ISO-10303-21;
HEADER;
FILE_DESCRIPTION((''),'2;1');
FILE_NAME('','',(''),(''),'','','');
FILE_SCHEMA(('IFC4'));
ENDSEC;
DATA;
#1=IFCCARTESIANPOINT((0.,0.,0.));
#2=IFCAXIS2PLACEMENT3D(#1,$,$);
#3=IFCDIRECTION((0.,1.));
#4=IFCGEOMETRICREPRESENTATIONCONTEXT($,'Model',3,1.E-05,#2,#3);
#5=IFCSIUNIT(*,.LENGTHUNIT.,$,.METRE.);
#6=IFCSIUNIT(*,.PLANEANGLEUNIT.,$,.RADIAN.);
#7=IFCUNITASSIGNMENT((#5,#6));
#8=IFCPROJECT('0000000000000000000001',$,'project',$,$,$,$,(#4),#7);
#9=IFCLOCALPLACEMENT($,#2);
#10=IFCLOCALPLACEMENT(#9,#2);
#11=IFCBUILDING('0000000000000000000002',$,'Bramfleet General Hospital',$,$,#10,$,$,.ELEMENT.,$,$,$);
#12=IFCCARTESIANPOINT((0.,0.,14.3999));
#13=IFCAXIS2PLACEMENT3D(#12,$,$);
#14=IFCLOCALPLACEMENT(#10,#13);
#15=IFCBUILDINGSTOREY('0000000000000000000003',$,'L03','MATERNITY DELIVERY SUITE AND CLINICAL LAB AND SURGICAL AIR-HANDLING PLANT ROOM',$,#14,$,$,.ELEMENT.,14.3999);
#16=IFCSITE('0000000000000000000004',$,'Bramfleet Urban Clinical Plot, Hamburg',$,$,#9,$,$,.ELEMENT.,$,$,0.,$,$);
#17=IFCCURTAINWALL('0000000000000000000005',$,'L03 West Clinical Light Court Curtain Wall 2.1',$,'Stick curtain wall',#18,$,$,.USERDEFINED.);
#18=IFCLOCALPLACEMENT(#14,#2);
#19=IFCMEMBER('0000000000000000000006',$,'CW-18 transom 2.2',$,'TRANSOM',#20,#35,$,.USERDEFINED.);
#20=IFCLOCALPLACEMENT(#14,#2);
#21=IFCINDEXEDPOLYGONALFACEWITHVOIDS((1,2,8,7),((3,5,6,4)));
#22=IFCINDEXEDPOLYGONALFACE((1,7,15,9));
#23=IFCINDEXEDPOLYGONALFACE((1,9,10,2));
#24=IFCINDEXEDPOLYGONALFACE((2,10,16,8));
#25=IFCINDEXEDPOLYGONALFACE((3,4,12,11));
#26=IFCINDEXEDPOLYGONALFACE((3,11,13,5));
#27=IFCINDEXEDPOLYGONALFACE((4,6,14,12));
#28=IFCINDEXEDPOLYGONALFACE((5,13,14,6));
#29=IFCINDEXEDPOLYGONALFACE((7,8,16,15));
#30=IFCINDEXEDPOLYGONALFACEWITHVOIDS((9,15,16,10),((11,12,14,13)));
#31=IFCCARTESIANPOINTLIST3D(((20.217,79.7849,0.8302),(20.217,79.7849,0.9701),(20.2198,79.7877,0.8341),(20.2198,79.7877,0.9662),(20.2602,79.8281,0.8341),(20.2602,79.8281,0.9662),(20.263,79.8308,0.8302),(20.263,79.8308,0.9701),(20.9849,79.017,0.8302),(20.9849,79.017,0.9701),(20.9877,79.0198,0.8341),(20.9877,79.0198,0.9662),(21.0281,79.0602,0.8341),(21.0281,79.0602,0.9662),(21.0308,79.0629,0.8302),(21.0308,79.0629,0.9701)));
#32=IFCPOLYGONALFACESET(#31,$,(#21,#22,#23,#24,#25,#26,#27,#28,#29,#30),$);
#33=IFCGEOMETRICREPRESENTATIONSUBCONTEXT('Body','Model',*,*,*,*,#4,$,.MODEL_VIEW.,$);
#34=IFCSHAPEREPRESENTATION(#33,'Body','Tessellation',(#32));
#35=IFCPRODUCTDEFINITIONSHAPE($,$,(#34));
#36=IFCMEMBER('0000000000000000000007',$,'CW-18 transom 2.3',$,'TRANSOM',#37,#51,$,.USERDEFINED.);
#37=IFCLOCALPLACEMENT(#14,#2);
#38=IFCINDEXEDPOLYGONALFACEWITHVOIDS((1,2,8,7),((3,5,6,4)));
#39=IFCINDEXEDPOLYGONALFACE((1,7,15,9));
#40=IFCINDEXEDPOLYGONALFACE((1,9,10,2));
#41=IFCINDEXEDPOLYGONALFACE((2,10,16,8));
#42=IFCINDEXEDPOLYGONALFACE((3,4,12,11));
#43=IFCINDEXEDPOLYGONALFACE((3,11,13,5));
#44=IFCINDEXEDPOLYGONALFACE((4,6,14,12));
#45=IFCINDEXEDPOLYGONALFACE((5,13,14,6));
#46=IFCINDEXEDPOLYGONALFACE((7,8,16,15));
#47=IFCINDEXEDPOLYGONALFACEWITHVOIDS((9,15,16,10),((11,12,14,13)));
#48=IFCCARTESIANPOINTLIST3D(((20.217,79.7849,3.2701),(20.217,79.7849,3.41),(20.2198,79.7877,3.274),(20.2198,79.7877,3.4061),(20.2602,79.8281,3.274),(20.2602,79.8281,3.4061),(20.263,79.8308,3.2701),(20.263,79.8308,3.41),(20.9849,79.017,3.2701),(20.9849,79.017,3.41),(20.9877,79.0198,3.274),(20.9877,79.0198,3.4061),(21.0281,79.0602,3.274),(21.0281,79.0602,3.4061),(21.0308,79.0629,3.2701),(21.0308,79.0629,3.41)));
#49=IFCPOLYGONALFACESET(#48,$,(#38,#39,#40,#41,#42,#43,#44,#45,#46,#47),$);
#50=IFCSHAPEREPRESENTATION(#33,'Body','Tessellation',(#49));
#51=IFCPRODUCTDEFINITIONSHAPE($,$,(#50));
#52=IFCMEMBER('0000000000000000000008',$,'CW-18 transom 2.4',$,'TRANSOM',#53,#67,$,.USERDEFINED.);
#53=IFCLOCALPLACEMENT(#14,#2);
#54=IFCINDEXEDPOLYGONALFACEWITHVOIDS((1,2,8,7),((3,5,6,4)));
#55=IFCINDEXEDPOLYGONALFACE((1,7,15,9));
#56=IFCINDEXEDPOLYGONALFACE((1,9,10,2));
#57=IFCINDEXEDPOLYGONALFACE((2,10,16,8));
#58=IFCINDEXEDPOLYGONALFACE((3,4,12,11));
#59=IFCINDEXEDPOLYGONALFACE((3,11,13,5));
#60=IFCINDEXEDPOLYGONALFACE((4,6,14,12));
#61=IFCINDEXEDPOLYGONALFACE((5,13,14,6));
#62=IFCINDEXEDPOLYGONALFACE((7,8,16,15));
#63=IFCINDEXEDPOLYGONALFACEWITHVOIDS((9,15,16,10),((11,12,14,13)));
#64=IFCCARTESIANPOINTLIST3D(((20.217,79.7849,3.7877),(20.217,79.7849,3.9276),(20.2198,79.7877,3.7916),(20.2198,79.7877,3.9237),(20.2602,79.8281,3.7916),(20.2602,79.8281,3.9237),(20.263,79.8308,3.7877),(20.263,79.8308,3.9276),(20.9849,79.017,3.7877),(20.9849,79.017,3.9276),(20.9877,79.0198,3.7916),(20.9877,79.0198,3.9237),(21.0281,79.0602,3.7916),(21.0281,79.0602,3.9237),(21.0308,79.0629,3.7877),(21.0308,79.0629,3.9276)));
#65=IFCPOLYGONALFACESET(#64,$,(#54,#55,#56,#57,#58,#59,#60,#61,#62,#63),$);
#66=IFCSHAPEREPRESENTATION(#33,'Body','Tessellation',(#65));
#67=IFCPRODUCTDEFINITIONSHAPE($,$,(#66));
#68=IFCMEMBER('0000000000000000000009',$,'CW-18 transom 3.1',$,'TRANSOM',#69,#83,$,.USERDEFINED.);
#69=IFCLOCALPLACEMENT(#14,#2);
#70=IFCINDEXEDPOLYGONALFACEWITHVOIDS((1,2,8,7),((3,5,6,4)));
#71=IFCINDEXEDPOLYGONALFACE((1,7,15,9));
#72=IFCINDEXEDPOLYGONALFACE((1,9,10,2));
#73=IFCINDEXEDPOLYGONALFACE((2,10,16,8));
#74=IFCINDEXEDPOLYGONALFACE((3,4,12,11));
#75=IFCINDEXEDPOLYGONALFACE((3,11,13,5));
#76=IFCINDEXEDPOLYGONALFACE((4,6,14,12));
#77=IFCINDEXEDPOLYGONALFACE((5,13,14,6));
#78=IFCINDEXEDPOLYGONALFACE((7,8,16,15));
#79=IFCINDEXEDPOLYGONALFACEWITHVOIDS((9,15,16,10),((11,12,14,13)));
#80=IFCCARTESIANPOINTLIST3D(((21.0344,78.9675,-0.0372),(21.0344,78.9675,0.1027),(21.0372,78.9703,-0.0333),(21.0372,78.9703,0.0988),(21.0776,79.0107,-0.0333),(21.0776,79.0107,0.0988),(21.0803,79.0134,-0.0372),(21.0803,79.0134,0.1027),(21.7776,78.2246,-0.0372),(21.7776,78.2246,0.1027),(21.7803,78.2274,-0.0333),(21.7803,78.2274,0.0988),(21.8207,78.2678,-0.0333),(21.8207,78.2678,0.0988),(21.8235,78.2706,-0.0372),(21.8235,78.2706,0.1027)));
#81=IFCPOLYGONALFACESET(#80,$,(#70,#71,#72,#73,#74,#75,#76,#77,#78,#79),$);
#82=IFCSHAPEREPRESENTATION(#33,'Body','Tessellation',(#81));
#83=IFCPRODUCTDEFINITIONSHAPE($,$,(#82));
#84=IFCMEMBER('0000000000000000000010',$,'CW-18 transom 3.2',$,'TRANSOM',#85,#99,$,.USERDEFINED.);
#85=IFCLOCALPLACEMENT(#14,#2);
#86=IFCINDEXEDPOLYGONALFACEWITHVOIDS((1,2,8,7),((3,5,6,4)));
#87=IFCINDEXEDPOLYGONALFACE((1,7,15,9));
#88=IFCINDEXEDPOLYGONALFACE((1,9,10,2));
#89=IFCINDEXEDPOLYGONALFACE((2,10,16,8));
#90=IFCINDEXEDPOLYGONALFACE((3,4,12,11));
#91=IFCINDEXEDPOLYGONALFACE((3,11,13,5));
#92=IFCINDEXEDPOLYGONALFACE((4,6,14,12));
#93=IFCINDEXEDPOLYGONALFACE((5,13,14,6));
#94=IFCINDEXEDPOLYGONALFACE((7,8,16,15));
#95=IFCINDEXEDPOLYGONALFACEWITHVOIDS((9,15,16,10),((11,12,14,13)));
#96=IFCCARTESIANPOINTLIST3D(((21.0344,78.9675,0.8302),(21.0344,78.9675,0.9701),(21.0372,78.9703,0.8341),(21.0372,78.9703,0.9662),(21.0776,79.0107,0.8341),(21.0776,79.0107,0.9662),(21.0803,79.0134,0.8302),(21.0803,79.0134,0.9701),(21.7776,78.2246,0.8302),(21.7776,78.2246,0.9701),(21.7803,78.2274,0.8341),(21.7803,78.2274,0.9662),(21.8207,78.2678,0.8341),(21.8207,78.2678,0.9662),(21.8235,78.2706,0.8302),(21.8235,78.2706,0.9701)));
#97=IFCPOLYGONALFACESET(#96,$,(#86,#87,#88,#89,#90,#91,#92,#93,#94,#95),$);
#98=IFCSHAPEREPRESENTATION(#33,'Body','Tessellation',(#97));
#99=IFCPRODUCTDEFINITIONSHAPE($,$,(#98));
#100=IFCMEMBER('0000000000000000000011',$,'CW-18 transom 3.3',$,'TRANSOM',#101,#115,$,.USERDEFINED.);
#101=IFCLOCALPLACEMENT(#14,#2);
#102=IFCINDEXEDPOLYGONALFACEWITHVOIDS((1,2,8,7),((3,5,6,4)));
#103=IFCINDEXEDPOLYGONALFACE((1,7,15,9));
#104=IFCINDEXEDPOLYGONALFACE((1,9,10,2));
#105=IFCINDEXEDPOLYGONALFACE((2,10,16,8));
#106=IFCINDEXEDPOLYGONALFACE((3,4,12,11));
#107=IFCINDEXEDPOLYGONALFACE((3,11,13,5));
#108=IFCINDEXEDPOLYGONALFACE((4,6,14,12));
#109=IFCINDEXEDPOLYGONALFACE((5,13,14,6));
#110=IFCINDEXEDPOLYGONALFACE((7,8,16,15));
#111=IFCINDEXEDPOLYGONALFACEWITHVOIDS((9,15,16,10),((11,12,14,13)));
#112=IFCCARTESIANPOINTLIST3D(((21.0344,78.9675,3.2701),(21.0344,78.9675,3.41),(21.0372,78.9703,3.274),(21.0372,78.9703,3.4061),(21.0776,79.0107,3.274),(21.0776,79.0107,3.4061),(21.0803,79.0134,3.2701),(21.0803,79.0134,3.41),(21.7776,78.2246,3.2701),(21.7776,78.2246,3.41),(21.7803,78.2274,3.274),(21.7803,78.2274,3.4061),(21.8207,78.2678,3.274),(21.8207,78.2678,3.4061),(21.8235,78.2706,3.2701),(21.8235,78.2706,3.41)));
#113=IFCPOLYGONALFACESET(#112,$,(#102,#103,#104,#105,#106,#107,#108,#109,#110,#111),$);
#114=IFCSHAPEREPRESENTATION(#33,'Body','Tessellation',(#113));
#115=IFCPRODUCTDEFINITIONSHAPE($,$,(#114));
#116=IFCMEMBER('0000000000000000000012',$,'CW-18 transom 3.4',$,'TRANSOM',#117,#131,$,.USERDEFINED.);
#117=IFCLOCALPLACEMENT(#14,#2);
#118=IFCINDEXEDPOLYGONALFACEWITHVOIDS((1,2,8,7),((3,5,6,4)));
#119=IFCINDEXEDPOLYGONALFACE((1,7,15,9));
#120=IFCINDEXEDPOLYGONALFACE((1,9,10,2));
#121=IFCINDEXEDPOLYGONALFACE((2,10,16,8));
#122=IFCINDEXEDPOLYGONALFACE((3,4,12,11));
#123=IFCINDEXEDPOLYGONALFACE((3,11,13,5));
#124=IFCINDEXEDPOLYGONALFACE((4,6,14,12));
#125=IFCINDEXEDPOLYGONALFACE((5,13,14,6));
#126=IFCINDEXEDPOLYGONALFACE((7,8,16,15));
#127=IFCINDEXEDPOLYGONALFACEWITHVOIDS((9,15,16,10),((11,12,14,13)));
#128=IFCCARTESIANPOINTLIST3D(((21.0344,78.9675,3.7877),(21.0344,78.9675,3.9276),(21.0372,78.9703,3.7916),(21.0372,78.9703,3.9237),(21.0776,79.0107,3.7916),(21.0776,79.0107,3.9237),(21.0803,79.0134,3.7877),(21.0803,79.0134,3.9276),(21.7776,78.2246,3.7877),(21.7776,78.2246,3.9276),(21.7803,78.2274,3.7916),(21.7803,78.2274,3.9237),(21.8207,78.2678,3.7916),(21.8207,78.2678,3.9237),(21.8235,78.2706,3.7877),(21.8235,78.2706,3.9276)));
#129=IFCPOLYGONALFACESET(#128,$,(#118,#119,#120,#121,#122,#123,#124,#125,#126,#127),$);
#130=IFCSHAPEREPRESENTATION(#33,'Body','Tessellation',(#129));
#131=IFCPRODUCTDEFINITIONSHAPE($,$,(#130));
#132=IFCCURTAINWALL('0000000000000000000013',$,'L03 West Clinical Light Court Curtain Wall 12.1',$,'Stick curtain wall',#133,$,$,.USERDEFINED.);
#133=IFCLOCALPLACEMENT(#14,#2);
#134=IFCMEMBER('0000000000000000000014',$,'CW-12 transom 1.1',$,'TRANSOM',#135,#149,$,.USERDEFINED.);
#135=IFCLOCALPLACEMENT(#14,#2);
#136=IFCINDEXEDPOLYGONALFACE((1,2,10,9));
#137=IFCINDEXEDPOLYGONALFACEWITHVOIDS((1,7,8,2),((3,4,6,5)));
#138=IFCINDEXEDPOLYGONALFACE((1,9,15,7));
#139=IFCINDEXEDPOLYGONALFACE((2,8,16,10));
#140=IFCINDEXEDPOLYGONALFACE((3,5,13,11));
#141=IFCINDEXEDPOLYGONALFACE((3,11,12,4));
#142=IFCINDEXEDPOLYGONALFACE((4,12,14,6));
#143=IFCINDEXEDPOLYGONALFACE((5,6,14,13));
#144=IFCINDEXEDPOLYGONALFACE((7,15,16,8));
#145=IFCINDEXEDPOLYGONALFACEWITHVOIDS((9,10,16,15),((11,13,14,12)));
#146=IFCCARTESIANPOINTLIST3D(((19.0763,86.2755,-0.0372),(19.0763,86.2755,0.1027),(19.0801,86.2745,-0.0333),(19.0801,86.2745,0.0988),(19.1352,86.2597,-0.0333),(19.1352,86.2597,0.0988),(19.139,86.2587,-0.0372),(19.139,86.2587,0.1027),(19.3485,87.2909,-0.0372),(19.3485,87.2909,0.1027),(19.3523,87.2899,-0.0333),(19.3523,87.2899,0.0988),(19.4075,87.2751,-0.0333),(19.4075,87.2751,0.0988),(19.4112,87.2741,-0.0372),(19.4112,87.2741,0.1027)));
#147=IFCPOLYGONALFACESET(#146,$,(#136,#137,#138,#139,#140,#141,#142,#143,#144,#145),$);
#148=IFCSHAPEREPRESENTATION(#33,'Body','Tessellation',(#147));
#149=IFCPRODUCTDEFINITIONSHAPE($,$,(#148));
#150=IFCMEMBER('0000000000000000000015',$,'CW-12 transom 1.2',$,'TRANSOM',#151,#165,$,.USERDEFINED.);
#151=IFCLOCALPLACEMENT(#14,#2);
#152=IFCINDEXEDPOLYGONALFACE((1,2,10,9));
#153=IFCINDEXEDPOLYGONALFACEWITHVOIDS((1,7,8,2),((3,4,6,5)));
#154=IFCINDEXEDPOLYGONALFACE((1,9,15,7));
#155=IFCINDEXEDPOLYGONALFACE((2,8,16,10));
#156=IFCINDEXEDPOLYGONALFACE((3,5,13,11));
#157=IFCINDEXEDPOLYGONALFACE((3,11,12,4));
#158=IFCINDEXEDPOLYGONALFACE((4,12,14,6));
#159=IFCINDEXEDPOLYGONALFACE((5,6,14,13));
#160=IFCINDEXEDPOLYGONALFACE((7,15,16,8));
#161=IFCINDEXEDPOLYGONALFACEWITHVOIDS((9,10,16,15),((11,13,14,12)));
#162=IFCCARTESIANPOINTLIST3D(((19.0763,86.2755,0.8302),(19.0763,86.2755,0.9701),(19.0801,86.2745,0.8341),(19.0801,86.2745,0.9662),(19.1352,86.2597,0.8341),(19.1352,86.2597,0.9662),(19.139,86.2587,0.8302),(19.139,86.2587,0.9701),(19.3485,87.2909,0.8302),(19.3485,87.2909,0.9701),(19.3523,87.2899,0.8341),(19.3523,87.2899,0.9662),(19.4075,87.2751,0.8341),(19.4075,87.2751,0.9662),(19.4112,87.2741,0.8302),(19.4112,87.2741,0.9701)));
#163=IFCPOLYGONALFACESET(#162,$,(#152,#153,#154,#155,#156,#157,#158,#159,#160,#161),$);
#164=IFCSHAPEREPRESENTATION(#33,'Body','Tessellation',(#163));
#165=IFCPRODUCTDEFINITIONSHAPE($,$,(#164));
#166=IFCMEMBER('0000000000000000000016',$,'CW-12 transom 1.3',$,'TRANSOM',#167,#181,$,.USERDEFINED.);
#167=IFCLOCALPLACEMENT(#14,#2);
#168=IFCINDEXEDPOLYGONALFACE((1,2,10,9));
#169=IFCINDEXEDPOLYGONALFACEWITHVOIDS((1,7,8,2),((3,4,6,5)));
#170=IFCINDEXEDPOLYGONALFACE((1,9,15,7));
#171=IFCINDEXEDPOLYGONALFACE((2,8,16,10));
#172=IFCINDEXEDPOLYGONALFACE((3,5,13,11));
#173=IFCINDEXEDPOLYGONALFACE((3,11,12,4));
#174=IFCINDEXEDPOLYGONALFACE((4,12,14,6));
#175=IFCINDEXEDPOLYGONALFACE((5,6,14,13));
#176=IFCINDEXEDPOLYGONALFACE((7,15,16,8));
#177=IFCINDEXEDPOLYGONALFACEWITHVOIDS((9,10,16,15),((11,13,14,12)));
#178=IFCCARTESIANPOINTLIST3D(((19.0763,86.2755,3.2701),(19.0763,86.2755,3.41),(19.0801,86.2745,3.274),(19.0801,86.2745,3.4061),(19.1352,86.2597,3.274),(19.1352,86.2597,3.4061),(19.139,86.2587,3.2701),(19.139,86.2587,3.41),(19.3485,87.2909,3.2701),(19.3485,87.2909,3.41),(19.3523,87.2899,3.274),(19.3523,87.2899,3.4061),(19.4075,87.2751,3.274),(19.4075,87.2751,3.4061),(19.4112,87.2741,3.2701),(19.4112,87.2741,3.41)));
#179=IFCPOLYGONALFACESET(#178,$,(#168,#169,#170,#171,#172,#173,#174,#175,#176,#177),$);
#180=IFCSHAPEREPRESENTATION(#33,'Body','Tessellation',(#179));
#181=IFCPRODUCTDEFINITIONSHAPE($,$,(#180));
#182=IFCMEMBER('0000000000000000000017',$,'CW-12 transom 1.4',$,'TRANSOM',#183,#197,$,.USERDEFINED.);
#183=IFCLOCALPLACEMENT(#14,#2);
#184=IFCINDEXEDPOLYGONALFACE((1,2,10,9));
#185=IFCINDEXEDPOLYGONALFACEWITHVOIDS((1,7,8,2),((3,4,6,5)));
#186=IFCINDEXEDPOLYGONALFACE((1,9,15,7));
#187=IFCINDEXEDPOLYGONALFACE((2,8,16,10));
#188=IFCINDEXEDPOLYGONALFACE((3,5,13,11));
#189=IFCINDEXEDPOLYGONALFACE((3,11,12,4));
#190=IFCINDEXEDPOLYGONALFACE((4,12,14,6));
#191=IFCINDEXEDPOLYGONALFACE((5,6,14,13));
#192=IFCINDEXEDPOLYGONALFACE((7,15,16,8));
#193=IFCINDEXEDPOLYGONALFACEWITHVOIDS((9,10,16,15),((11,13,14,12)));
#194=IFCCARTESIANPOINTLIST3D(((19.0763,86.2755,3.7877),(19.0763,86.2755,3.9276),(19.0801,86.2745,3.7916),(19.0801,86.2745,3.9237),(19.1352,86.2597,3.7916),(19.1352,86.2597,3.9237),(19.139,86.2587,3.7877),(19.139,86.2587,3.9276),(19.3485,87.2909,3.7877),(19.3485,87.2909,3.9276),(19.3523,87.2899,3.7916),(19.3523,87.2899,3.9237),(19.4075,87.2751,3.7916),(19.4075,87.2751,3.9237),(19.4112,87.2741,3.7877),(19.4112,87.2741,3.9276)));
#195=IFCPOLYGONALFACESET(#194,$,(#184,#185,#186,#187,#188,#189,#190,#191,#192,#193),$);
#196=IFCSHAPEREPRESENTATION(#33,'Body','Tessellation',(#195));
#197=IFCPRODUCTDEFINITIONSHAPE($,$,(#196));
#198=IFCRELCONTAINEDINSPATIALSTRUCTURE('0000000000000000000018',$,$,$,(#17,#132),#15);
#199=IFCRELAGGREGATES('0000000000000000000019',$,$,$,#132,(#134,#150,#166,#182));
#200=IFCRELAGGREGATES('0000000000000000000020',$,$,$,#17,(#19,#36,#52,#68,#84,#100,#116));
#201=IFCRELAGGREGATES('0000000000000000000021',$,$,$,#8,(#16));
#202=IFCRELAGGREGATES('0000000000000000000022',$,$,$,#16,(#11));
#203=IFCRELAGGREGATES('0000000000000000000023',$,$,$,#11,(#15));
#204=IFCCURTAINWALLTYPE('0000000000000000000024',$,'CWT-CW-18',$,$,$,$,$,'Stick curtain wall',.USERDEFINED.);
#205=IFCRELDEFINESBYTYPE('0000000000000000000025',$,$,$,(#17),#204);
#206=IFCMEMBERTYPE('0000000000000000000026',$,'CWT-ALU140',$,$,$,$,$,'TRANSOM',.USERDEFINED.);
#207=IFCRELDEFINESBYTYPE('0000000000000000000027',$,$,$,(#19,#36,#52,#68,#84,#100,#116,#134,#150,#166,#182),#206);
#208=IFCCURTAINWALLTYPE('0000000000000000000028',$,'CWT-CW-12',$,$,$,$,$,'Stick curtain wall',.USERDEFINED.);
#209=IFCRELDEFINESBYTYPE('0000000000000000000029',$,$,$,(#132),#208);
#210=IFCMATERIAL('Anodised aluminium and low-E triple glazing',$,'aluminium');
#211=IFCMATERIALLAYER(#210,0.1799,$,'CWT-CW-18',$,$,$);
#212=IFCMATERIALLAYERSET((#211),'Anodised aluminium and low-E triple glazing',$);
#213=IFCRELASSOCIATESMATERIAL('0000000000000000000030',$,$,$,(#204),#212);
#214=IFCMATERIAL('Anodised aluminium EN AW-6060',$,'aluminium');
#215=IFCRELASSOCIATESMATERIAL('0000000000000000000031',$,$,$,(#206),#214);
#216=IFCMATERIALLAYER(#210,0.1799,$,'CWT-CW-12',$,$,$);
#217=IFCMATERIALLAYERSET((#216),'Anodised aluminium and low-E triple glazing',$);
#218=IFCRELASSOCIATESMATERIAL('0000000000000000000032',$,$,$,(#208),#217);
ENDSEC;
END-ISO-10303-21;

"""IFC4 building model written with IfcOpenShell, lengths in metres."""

from ifc_helpers import new_model, si_unit, direction, frame, origin, origin_2d, place, context, subcontext, project, spatial, hollow_rectangle, extrude, material, layer, layer_set, material_profile, profile_set, type_object, element, aggregate, save


model = new_model("IFC4")

# Units and contexts
model_context = context("Model", 3, precision=1e-05, world=origin(), true_north=direction((0.0, 1.0)))
body_context = subcontext(model_context, "Body", "Model", "MODEL_VIEW")
ifc_project = project(units=[si_unit("LENGTHUNIT", "METRE"), si_unit("PLANEANGLEUNIT", "RADIAN")], contexts=[model_context])

# Site, building, storey
site_placement = place(None, origin())
site = spatial("IfcSite", under=ifc_project, at=site_placement, Name="Bramfleet Urban Clinical Plot, Hamburg", CompositionType="ELEMENT", RefElevation=0.0)
building_placement = place(site_placement, origin())
building = spatial("IfcBuilding", under=site, at=building_placement, Name="Bramfleet General Hospital", CompositionType="ELEMENT")
storey_placement = place(building_placement, frame((0.0, 0.0, 14.3999)))
storey = spatial("IfcBuildingStorey", under=building, at=storey_placement, Name="L03", Description="MATERNITY DELIVERY SUITE AND CLINICAL LAB AND SURGICAL AIR-HANDLING PLANT ROOM", CompositionType="ELEMENT", Elevation=14.3999)

# Shared definitions
ifc_material_1 = material(Name="Anodised aluminium and low-E triple glazing", Category="aluminium")
ifc_material_2 = material(Name="Anodised aluminium EN AW-6060", Category="aluminium")

# Curtain wall
ifc_layer_1 = layer(ifc_material_1, 0.1799, Name="CWT-CW-18")
ifc_layer_set_1 = layer_set([ifc_layer_1], Name="Anodised aluminium and low-E triple glazing")
curtain_wall_type_1 = type_object("IfcCurtainWallType", Name="CWT-CW-18", ElementType="Stick curtain wall", PredefinedType="USERDEFINED", material=ifc_layer_set_1)
curtain_wall_1_placement = place(storey_placement, origin())
curtain_wall_1 = element("IfcCurtainWall", 1, at=curtain_wall_1_placement, inside=storey, type_object=curtain_wall_type_1, Name="L03 West Clinical Light Court Curtain Wall 2.1", ObjectType="Stick curtain wall", PredefinedType="USERDEFINED")

# Members
ifc_material_profile_1 = material_profile(ifc_material_2, hollow_rectangle(XDim=0.0649, YDim=0.1399, WallThickness=0.0039, at=origin_2d()), Name="ALU 140x65x4.0")
ifc_profile_set_1 = profile_set([ifc_material_profile_1], Name="Anodised aluminium EN AW-6060")
member_type_1 = type_object("IfcMemberType", Name="CWT-ALU140", ElementType="TRANSOM", PredefinedType="USERDEFINED", material=ifc_profile_set_1)
member_1_placement = place(storey_placement, frame((20.24, 79.8079, 0.9001), z_axis=(0.707107, -0.707107, 0.0), x_axis=(0.707107, 0.707107, 0.0)))
member_1 = element("IfcMember", 2, at=member_1_placement, type_object=member_type_1, Name="CW-18 transom 2.2", ObjectType="TRANSOM", PredefinedType="USERDEFINED", context=body_context, shape_type="SweptSolid", body=[
    extrude(hollow_rectangle(XDim=0.0649, YDim=0.1399, WallThickness=0.0039, at=origin_2d()), origin(), (0.0, 0.0, 1.0), 1.0859),
])
member_2_placement = place(storey_placement, frame((20.24, 79.8079, 3.3401), z_axis=(0.707107, -0.707107, 0.0), x_axis=(0.707107, 0.707107, 0.0)))
member_2 = element("IfcMember", 3, at=member_2_placement, type_object=member_type_1, Name="CW-18 transom 2.3", ObjectType="TRANSOM", PredefinedType="USERDEFINED", context=body_context, shape_type="SweptSolid", body=[
    extrude(hollow_rectangle(XDim=0.0649, YDim=0.1399, WallThickness=0.0039, at=origin_2d()), origin(), (0.0, 0.0, 1.0), 1.0859),
])
member_3_placement = place(storey_placement, frame((20.24, 79.8079, 3.8577), z_axis=(0.707107, -0.707107, 0.0), x_axis=(0.707107, 0.707107, 0.0)))
member_3 = element("IfcMember", 4, at=member_3_placement, type_object=member_type_1, Name="CW-18 transom 2.4", ObjectType="TRANSOM", PredefinedType="USERDEFINED", context=body_context, shape_type="SweptSolid", body=[
    extrude(hollow_rectangle(XDim=0.0649, YDim=0.1399, WallThickness=0.0039, at=origin_2d()), origin(), (0.0, 0.0, 1.0), 1.0859),
])
member_4_placement = place(storey_placement, frame((21.0574, 78.9905, 0.0327), z_axis=(0.707223, -0.706991, 0.0), x_axis=(0.706991, 0.707223, 0.0)))
member_4 = element("IfcMember", 5, at=member_4_placement, type_object=member_type_1, Name="CW-18 transom 3.1", ObjectType="TRANSOM", PredefinedType="USERDEFINED", context=body_context, shape_type="SweptSolid", body=[
    extrude(hollow_rectangle(XDim=0.0649, YDim=0.1399, WallThickness=0.0039, at=origin_2d()), origin(), (0.0, 0.0, 1.0), 1.0508),
])
member_5_placement = place(storey_placement, frame((21.0574, 78.9905, 0.9001), z_axis=(0.707223, -0.706991, 0.0), x_axis=(0.706991, 0.707223, 0.0)))
member_5 = element("IfcMember", 6, at=member_5_placement, type_object=member_type_1, Name="CW-18 transom 3.2", ObjectType="TRANSOM", PredefinedType="USERDEFINED", context=body_context, shape_type="SweptSolid", body=[
    extrude(hollow_rectangle(XDim=0.0649, YDim=0.1399, WallThickness=0.0039, at=origin_2d()), origin(), (0.0, 0.0, 1.0), 1.0508),
])
member_6_placement = place(storey_placement, frame((21.0574, 78.9905, 3.3401), z_axis=(0.707223, -0.706991, 0.0), x_axis=(0.706991, 0.707223, 0.0)))
member_6 = element("IfcMember", 7, at=member_6_placement, type_object=member_type_1, Name="CW-18 transom 3.3", ObjectType="TRANSOM", PredefinedType="USERDEFINED", context=body_context, shape_type="SweptSolid", body=[
    extrude(hollow_rectangle(XDim=0.0649, YDim=0.1399, WallThickness=0.0039, at=origin_2d()), origin(), (0.0, 0.0, 1.0), 1.0508),
])
member_7_placement = place(storey_placement, frame((21.0574, 78.9905, 3.8577), z_axis=(0.707223, -0.706991, 0.0), x_axis=(0.706991, 0.707223, 0.0)))
member_7 = element("IfcMember", 8, at=member_7_placement, type_object=member_type_1, Name="CW-18 transom 3.4", ObjectType="TRANSOM", PredefinedType="USERDEFINED", context=body_context, shape_type="SweptSolid", body=[
    extrude(hollow_rectangle(XDim=0.0649, YDim=0.1399, WallThickness=0.0039, at=origin_2d()), origin(), (0.0, 0.0, 1.0), 1.0508),
])

# Curtain wall, members
ifc_layer_2 = layer(ifc_material_1, 0.1799, Name="CWT-CW-12")
ifc_layer_set_2 = layer_set([ifc_layer_2], Name="Anodised aluminium and low-E triple glazing")
curtain_wall_type_2 = type_object("IfcCurtainWallType", Name="CWT-CW-12", ElementType="Stick curtain wall", PredefinedType="USERDEFINED", material=ifc_layer_set_2)
curtain_wall_2_placement = place(storey_placement, origin())
curtain_wall_2 = element("IfcCurtainWall", 9, at=curtain_wall_2_placement, inside=storey, type_object=curtain_wall_type_2, Name="L03 West Clinical Light Court Curtain Wall 12.1", ObjectType="Stick curtain wall", PredefinedType="USERDEFINED")
member_8_placement = place(storey_placement, frame((19.3799, 87.2825, 0.0327), z_axis=(-0.258949, -0.965891, 0.0), x_axis=(0.965891, -0.258949, 0.0)))
member_8 = element("IfcMember", 10, at=member_8_placement, type_object=member_type_1, Name="CW-12 transom 1.1", ObjectType="TRANSOM", PredefinedType="USERDEFINED", context=body_context, shape_type="SweptSolid", body=[
    extrude(hollow_rectangle(XDim=0.0649, YDim=0.1399, WallThickness=0.0039, at=origin_2d()), origin(), (0.0, 0.0, 1.0), 1.0513),
])
member_9_placement = place(storey_placement, frame((19.3799, 87.2825, 0.9001), z_axis=(-0.258949, -0.965891, 0.0), x_axis=(0.965891, -0.258949, 0.0)))
member_9 = element("IfcMember", 11, at=member_9_placement, type_object=member_type_1, Name="CW-12 transom 1.2", ObjectType="TRANSOM", PredefinedType="USERDEFINED", context=body_context, shape_type="SweptSolid", body=[
    extrude(hollow_rectangle(XDim=0.0649, YDim=0.1399, WallThickness=0.0039, at=origin_2d()), origin(), (0.0, 0.0, 1.0), 1.0513),
])
member_10_placement = place(storey_placement, frame((19.3799, 87.2825, 3.3401), z_axis=(-0.258949, -0.965891, 0.0), x_axis=(0.965891, -0.258949, 0.0)))
member_10 = element("IfcMember", 12, at=member_10_placement, type_object=member_type_1, Name="CW-12 transom 1.3", ObjectType="TRANSOM", PredefinedType="USERDEFINED", context=body_context, shape_type="SweptSolid", body=[
    extrude(hollow_rectangle(XDim=0.0649, YDim=0.1399, WallThickness=0.0039, at=origin_2d()), origin(), (0.0, 0.0, 1.0), 1.0513),
])
member_11_placement = place(storey_placement, frame((19.3799, 87.2825, 3.8577), z_axis=(-0.258949, -0.965891, 0.0), x_axis=(0.965891, -0.258949, 0.0)))
member_11 = element("IfcMember", 13, at=member_11_placement, type_object=member_type_1, Name="CW-12 transom 1.4", ObjectType="TRANSOM", PredefinedType="USERDEFINED", context=body_context, shape_type="SweptSolid", body=[
    extrude(hollow_rectangle(XDim=0.0649, YDim=0.1399, WallThickness=0.0039, at=origin_2d()), origin(), (0.0, 0.0, 1.0), 1.0513),
])
aggregate(curtain_wall_2, [member_8, member_9, member_10, member_11])

aggregate(curtain_wall_1, [member_1, member_2, member_3, member_4, member_5, member_6, member_7])

save(model, "model.ifc")
